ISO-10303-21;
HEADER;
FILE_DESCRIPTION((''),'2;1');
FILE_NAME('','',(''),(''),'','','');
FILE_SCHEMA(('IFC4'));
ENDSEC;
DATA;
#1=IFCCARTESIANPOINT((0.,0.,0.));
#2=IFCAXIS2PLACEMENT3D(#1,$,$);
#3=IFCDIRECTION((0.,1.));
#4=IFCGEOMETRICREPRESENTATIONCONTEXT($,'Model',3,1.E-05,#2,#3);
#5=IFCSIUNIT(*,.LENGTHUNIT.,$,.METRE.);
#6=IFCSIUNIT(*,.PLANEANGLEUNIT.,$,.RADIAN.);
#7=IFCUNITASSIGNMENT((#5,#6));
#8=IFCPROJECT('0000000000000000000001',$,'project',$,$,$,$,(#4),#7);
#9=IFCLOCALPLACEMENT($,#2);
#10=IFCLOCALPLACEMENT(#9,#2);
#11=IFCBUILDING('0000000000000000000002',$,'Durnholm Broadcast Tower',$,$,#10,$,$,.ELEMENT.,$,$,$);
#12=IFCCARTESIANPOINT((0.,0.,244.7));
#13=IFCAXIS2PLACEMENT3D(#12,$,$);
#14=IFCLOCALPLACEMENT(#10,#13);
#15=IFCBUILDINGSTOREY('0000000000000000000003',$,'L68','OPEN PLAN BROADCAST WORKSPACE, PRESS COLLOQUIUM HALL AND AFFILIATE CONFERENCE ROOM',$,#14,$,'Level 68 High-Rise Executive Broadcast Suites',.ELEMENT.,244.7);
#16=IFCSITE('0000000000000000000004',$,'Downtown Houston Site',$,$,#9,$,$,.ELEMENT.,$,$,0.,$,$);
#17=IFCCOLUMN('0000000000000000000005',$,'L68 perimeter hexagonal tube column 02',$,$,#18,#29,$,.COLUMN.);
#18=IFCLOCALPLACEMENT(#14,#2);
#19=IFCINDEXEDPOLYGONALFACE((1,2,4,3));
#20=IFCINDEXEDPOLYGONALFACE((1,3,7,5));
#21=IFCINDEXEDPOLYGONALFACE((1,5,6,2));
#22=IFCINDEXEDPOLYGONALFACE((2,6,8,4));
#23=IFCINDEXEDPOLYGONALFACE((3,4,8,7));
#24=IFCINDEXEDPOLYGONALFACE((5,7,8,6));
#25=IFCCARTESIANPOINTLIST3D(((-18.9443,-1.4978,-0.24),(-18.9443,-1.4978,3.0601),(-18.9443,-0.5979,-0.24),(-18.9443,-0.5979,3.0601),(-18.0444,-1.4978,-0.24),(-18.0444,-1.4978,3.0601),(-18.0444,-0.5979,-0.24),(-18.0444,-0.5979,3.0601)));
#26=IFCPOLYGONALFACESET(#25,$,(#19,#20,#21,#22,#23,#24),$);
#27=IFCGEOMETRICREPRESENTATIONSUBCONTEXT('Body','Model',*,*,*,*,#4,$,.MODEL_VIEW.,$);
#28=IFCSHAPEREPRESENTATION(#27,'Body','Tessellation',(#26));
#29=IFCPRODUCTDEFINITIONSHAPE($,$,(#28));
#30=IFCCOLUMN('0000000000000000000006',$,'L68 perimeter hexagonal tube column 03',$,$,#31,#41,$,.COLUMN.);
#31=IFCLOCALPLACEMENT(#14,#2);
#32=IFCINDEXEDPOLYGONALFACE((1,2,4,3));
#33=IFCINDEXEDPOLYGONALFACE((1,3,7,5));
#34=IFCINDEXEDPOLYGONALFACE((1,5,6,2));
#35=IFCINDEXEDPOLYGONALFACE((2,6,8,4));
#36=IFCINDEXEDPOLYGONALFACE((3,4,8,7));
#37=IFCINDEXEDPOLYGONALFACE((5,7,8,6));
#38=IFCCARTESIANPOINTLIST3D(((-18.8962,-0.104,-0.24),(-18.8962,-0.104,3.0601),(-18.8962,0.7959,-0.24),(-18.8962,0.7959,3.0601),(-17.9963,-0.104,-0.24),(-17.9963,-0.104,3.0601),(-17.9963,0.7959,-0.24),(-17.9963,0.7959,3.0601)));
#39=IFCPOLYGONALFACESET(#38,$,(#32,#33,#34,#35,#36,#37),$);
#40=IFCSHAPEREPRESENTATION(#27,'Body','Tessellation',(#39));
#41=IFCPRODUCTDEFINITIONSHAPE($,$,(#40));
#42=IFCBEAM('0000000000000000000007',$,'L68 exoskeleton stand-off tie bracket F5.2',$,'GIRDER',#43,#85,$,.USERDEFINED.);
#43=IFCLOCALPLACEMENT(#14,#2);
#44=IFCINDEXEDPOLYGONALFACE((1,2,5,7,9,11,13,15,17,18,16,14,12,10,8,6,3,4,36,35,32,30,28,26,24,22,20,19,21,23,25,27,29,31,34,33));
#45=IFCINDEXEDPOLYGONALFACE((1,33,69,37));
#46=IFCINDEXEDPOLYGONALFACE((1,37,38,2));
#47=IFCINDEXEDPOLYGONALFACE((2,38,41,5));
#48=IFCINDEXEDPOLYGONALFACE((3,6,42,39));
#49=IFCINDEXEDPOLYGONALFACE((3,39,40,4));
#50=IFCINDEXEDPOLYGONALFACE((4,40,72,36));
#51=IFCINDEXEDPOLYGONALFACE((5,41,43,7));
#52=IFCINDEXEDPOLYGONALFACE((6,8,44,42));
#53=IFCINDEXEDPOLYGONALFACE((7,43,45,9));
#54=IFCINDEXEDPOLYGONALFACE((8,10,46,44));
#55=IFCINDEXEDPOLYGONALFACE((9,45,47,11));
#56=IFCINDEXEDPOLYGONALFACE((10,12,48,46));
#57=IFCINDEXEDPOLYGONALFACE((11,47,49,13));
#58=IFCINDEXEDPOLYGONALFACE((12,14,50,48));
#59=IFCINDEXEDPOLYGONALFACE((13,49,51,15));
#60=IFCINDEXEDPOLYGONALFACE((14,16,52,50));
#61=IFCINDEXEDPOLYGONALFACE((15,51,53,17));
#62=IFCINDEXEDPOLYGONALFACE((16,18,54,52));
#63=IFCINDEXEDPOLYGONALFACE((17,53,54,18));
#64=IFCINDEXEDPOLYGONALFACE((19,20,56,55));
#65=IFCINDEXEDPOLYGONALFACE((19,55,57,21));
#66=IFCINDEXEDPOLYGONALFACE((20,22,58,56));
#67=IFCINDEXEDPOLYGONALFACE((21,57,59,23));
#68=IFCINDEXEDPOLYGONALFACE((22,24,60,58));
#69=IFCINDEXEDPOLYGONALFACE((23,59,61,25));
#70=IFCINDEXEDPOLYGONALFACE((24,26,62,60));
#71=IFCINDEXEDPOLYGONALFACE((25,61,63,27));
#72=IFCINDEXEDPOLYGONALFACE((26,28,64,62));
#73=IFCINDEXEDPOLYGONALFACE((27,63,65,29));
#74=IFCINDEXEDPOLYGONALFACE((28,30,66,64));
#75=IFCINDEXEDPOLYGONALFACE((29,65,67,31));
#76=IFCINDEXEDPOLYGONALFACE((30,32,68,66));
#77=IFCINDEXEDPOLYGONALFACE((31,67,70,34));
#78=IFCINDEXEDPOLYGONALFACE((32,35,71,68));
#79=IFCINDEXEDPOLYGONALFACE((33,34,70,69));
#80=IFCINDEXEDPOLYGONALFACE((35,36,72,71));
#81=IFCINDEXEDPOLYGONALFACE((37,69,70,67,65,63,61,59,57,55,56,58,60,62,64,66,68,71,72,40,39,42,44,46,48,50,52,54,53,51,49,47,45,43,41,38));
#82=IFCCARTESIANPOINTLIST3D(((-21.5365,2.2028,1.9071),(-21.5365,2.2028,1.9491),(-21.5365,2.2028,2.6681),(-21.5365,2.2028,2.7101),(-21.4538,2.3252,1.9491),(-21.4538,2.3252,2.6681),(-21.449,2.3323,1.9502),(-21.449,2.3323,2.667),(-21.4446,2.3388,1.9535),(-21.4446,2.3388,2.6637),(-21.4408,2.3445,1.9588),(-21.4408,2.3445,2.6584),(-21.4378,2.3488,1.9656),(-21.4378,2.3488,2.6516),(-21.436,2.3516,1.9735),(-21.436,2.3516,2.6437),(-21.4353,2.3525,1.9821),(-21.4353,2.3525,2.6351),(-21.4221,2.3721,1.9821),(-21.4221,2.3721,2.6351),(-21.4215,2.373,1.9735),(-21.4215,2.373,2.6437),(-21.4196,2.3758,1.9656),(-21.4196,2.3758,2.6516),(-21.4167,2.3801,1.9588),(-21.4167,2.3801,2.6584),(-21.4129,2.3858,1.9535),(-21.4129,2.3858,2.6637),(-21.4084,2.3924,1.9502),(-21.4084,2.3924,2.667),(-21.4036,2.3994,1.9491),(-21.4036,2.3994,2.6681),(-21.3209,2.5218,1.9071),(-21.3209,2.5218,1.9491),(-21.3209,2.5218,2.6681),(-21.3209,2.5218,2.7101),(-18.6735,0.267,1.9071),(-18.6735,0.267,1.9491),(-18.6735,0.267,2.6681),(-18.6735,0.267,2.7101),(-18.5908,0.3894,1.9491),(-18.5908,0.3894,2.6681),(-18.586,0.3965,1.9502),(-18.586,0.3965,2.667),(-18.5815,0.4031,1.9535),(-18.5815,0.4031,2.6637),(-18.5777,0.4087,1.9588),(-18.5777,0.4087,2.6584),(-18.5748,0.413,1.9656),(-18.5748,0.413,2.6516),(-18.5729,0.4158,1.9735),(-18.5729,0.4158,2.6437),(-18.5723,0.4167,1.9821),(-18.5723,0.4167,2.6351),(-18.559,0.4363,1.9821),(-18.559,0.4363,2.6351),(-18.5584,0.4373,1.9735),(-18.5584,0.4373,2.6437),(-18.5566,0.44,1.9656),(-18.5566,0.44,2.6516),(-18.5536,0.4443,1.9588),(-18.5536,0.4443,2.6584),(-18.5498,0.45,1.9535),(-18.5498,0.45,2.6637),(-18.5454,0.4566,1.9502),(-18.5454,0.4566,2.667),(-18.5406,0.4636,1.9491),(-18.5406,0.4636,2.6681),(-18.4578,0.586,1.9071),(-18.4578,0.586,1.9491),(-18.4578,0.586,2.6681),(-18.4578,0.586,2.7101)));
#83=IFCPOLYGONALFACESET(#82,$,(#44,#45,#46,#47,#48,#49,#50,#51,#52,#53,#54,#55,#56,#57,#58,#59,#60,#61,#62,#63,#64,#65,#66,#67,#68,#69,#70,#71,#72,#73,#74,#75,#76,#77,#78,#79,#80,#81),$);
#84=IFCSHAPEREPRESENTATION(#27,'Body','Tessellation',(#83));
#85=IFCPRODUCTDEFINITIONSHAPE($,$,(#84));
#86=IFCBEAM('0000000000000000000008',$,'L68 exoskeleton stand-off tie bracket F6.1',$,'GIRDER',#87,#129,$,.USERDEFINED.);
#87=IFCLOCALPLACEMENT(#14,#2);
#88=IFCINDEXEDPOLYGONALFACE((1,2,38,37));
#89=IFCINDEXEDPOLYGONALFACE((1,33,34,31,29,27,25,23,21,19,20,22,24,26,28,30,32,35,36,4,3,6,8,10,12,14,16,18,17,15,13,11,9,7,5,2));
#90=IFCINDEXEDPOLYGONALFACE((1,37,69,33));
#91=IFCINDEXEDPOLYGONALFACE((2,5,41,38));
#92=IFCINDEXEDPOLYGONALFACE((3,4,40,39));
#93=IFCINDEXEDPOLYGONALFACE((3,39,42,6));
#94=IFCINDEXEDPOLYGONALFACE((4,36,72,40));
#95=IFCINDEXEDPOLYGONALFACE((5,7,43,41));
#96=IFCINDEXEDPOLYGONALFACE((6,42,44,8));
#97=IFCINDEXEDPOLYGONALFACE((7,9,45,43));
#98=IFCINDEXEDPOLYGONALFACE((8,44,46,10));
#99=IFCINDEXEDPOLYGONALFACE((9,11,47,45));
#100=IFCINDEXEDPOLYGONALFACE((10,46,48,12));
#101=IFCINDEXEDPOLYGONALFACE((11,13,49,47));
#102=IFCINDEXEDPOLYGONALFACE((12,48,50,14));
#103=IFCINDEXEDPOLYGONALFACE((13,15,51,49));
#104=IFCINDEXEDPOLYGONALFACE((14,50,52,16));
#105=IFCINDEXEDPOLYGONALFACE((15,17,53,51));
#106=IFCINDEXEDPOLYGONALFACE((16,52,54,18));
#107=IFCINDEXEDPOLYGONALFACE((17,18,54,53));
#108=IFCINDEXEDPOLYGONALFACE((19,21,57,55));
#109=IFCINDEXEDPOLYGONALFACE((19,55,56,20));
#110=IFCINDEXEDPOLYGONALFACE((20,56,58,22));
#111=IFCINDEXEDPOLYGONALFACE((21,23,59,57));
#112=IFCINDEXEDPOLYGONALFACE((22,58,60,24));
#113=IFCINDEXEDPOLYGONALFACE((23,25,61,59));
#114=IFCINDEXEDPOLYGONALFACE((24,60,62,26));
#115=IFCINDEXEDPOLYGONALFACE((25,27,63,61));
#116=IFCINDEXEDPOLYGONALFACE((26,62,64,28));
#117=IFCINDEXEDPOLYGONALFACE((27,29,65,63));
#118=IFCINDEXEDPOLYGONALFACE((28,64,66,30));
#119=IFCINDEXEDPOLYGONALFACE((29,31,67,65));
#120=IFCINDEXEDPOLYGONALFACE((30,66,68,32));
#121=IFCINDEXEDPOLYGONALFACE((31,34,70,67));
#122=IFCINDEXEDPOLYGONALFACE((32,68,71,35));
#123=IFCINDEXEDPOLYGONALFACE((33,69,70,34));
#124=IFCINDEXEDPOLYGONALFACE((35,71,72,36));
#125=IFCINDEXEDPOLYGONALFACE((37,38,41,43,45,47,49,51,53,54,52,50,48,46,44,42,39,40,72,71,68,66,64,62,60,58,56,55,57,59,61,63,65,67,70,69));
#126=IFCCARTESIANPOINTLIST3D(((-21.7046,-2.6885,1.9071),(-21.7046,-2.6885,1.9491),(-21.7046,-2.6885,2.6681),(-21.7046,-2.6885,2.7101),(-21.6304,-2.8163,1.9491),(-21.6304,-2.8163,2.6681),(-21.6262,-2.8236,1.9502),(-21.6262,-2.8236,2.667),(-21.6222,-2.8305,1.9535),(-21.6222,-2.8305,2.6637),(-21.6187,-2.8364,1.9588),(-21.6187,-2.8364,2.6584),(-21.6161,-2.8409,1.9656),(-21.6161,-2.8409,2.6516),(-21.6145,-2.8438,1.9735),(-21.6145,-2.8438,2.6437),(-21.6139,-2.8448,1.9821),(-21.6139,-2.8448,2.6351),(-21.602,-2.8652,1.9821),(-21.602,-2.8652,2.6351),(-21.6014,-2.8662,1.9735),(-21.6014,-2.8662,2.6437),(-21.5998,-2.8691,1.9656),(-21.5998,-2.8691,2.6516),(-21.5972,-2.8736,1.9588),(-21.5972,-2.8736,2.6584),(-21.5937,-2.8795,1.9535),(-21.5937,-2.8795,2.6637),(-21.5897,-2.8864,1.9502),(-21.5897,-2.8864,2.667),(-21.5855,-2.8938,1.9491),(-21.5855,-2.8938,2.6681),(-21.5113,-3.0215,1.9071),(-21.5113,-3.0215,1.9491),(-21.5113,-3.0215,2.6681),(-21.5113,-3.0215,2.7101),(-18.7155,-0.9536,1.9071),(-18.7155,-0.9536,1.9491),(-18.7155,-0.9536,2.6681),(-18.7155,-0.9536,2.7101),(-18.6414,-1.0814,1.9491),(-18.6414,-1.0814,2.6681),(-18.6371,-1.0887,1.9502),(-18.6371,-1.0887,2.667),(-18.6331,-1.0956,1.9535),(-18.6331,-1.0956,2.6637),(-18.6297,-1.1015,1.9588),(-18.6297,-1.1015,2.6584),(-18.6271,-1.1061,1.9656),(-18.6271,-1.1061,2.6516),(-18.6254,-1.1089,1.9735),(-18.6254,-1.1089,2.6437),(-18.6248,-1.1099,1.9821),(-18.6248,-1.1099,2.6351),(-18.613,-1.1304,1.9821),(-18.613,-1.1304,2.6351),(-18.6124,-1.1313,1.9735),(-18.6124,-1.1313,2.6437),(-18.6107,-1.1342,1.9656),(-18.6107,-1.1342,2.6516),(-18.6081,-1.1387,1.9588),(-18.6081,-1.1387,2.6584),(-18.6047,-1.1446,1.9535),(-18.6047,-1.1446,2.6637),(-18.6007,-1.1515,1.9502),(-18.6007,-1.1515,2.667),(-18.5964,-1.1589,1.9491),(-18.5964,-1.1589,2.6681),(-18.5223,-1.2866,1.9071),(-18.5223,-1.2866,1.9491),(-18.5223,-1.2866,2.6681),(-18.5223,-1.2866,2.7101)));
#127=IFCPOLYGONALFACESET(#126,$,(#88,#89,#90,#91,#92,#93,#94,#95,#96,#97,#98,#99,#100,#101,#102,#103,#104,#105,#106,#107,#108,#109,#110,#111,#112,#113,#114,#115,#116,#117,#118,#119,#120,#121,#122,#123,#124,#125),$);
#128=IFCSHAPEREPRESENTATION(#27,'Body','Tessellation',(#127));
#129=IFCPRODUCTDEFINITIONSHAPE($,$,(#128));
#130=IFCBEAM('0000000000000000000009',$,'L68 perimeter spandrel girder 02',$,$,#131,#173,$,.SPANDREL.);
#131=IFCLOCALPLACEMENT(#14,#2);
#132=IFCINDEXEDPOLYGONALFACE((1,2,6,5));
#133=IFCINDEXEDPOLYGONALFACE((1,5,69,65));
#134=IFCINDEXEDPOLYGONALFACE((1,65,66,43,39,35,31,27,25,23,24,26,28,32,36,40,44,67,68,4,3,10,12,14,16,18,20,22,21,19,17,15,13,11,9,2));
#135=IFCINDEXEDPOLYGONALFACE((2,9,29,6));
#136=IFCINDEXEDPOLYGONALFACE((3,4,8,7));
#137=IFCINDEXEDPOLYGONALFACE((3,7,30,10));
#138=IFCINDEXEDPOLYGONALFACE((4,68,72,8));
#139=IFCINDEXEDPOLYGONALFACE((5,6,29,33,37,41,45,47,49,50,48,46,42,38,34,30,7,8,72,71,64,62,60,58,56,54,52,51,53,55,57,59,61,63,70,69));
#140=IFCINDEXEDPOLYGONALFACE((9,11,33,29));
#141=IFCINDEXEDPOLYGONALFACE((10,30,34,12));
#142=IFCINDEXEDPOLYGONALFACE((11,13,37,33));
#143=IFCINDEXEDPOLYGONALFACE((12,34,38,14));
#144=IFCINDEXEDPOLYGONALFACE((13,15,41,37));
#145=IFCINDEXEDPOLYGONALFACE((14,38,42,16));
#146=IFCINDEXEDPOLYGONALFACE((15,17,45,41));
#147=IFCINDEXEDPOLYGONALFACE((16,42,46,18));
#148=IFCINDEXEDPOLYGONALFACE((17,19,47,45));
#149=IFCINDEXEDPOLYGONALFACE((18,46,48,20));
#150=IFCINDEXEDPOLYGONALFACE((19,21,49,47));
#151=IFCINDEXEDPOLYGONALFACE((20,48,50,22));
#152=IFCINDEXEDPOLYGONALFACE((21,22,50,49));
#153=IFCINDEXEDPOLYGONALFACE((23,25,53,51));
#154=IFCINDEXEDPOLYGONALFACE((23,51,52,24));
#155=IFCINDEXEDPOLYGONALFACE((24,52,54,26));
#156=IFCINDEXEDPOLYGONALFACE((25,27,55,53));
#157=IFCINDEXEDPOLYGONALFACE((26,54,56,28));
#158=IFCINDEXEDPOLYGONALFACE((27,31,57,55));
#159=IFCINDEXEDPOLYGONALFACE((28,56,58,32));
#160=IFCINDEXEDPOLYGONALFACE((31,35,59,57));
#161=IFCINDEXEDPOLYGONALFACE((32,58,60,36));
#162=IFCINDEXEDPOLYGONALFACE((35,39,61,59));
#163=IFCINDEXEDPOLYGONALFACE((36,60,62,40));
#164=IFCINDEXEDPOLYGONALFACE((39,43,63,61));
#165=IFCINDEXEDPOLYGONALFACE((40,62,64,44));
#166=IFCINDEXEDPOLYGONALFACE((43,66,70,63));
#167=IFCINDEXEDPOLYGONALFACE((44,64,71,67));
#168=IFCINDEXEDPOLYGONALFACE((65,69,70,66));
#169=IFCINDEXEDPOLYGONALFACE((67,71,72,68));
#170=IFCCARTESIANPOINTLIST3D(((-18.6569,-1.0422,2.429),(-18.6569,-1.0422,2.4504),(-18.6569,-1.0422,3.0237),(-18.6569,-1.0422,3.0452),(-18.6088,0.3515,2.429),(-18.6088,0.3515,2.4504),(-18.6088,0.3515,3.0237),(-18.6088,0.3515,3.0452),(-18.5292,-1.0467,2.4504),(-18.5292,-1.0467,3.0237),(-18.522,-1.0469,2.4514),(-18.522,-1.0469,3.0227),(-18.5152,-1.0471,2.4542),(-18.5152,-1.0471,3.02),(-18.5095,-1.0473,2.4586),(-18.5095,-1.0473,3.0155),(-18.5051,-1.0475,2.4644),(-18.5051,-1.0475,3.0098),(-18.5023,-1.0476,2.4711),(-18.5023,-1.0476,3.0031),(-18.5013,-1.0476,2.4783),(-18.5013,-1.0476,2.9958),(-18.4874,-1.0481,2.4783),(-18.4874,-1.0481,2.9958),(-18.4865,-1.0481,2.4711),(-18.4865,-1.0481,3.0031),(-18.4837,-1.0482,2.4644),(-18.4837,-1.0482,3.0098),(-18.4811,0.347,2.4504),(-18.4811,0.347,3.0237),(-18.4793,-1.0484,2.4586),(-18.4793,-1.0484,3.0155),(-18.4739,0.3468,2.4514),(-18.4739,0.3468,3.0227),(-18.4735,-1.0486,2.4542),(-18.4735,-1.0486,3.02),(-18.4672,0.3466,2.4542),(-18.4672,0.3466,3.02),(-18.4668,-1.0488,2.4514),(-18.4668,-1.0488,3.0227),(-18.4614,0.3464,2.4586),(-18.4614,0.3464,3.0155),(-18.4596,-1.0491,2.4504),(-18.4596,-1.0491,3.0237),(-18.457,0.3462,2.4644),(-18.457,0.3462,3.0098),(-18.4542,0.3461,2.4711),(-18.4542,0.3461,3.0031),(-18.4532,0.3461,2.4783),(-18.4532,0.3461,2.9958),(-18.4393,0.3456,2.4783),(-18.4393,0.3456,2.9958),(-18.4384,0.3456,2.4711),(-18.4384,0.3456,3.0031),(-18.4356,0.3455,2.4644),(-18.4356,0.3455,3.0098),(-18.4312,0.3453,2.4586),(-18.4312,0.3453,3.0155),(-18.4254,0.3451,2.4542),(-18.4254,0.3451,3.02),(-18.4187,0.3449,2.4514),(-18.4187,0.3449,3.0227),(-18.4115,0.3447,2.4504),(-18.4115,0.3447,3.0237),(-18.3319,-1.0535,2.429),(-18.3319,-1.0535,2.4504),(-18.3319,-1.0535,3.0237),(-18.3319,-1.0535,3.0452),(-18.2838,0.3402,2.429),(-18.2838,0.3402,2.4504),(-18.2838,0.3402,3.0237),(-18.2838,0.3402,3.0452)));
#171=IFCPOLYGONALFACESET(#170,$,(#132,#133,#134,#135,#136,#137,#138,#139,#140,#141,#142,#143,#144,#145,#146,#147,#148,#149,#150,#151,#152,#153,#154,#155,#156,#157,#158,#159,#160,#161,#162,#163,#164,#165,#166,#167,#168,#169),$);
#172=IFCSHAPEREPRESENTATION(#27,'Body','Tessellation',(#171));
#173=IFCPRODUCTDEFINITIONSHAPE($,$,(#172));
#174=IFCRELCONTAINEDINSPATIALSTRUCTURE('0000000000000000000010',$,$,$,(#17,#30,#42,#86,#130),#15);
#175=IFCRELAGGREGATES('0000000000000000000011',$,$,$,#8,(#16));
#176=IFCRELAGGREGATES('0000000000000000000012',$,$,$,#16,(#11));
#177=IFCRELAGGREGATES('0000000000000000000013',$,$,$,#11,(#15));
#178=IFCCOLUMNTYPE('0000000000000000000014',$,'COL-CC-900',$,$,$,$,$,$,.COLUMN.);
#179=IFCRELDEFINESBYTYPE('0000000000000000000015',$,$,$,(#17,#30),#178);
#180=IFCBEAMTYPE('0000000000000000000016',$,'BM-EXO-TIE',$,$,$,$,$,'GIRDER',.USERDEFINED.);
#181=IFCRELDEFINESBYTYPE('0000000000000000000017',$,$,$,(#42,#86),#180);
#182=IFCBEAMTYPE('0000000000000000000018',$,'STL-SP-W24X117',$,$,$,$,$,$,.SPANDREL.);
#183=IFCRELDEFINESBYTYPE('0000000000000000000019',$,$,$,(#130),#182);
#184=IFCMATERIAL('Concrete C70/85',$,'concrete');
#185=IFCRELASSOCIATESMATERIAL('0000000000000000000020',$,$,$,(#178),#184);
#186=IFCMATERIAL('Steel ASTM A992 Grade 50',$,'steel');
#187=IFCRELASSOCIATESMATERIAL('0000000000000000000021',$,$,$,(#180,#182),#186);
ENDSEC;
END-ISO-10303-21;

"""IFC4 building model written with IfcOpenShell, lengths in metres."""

from ifc_helpers import new_model, si_unit, direction, frame, origin, origin_2d, place, context, subcontext, project, spatial, rectangle, i_section, extrude, source, transform, mapped, material, material_profile, profile_set, type_object, type_shapes, element, save


model = new_model("IFC4")

# Units and contexts
model_context = context("Model", 3, precision=1e-05, world=origin(), true_north=direction((0.0, 1.0)))
body_context = subcontext(model_context, "Body", "Model", "MODEL_VIEW")
ifc_project = project(units=[si_unit("LENGTHUNIT", "METRE"), si_unit("PLANEANGLEUNIT", "RADIAN")], contexts=[model_context])

# Site, building, storey
site_placement = place(None, origin())
site = spatial("IfcSite", under=ifc_project, at=site_placement, Name="Downtown Houston Site", CompositionType="ELEMENT", RefElevation=0.0)
building_placement = place(site_placement, origin())
building = spatial("IfcBuilding", under=site, at=building_placement, Name="Durnholm Broadcast Tower", CompositionType="ELEMENT")
storey_placement = place(building_placement, frame((0.0, 0.0, 244.7)))
storey = spatial("IfcBuildingStorey", under=building, at=storey_placement, Name="L68", Description="OPEN PLAN BROADCAST WORKSPACE, PRESS COLLOQUIUM HALL AND AFFILIATE CONFERENCE ROOM", LongName="Level 68 High-Rise Executive Broadcast Suites", CompositionType="ELEMENT", Elevation=244.7)

# Columns
ifc_material_1 = material(Name="Concrete C70/85", Category="concrete")
ifc_material_profile_1 = material_profile(ifc_material_1, rectangle(XDim=0.8999, YDim=0.8999, at=origin_2d()), Name="RC900X900")
ifc_profile_set_1 = profile_set([ifc_material_profile_1], Name="Concrete C70/85")
column_type = type_object("IfcColumnType", Name="COL-CC-900", PredefinedType="COLUMN", material=ifc_profile_set_1)
shared_shape_1 = source(origin(), body_context, "Body", "SweptSolid", [
    extrude(rectangle(XDim=0.8999, YDim=0.8999, at=origin_2d()), origin(), (0.0, 0.0, 1.0), 3.3),
])
type_shapes(column_type, [shared_shape_1])
for number, where, z_axis, x_axis, name in (
    (1, (-18.4944, -1.0479, -0.24), (0.0, 0.0, 1.0), (1.0, 0.0, 0.0), "L68 perimeter hexagonal tube column 02"),
    (2, (-18.4463, 0.3459, -0.24), (0.0, 0.0, 1.0), (1.0, 0.0, 0.0), "L68 perimeter hexagonal tube column 03"),
):
    element("IfcColumn", number, at=place(storey_placement, frame(where, z_axis=z_axis, x_axis=x_axis)), inside=storey, type_object=column_type, Name=name, PredefinedType="COLUMN", context=body_context, shape_type="MappedRepresentation", body=[
        mapped(shared_shape_1, transform((0.0, 0.0, 0.0), x_axis=(1.0, 0.0, 0.0), y_axis=(0.0, 1.0, 0.0), z_axis=(0.0, 0.0, 1.0), scale=1.0)),
    ])

# Beams
ifc_material_2 = material(Name="Steel ASTM A992 Grade 50", Category="steel")
ifc_material_profile_2 = material_profile(ifc_material_2, i_section(OverallWidth=0.385, OverallDepth=0.803, WebThickness=0.0237, FlangeThickness=0.042, FilletRadius=0.033, at=origin_2d()), Name="W30X261")
ifc_profile_set_2 = profile_set([ifc_material_profile_2], Name="Steel ASTM A992 Grade 50")
beam_type_1 = type_object("IfcBeamType", Name="BM-EXO-TIE", ElementType="GIRDER", PredefinedType="USERDEFINED", material=ifc_profile_set_2)
shared_shape_2 = source(origin(), body_context, "Body", "SweptSolid", [
    extrude(i_section(OverallWidth=0.385, OverallDepth=0.803, WebThickness=0.0237, FlangeThickness=0.042, FilletRadius=0.033, at=origin_2d()), origin(), (0.0, 0.0, 1.0), 3.4561),
])
type_shapes(beam_type_1, [shared_shape_2])
for number, where, z_axis, x_axis, name in (
    (3, (-18.5657, 0.4265, 2.3086), (-0.828414, 0.560117, 0.0), (-0.560117, -0.828414, 0.0), "L68 exoskeleton stand-off tie bracket F5.2"),
    (4, (-18.6189, -1.1201, 2.3086), (-0.864876, -0.501986, 0.0), (0.501986, -0.864876, 0.0), "L68 exoskeleton stand-off tie bracket F6.1"),
):
    element("IfcBeam", number, at=place(storey_placement, frame(where, z_axis=z_axis, x_axis=x_axis)), inside=storey, type_object=beam_type_1, Name=name, ObjectType="GIRDER", PredefinedType="USERDEFINED", context=body_context, shape_type="MappedRepresentation", body=[
        mapped(shared_shape_2, transform((0.0, 0.0, 0.0), x_axis=(1.0, 0.0, 0.0), y_axis=(0.0, 1.0, 0.0), z_axis=(0.0, 0.0, 1.0), scale=1.0)),
    ])
ifc_material_profile_3 = material_profile(ifc_material_2, i_section(OverallWidth=0.3252, OverallDepth=0.6162, WebThickness=0.0139, FlangeThickness=0.0215, FilletRadius=0.0278, at=origin_2d()), Name="W24X117")
ifc_profile_set_3 = profile_set([ifc_material_profile_3], Name="Steel ASTM A992 Grade 50")
beam_type_2 = type_object("IfcBeamType", Name="STL-SP-W24X117", PredefinedType="SPANDREL", material=ifc_profile_set_3)
shared_shape_3 = source(origin(), body_context, "Body", "SweptSolid", [
    extrude(i_section(OverallWidth=0.3252, OverallDepth=0.6162, WebThickness=0.0139, FlangeThickness=0.0215, FilletRadius=0.0278, at=origin_2d()), origin(), (0.0, 0.0, 1.0), 1.3945),
])
beam_1_placement = place(storey_placement, frame((-18.4944, -1.0479, 2.7371), z_axis=(0.034486, 0.999405, 0.0), x_axis=(-0.999405, 0.034486, 0.0)))
element("IfcBeam", 5, at=beam_1_placement, inside=storey, type_object=beam_type_2, Name="L68 perimeter spandrel girder 02", PredefinedType="SPANDREL", context=body_context, shape_type="MappedRepresentation", body=[
    mapped(shared_shape_3, transform((0.0, 0.0, 0.0), x_axis=(1.0, 0.0, 0.0), y_axis=(0.0, 1.0, 0.0), z_axis=(0.0, 0.0, 1.0), scale=1.0)),
])

save(model, "model.ifc")
